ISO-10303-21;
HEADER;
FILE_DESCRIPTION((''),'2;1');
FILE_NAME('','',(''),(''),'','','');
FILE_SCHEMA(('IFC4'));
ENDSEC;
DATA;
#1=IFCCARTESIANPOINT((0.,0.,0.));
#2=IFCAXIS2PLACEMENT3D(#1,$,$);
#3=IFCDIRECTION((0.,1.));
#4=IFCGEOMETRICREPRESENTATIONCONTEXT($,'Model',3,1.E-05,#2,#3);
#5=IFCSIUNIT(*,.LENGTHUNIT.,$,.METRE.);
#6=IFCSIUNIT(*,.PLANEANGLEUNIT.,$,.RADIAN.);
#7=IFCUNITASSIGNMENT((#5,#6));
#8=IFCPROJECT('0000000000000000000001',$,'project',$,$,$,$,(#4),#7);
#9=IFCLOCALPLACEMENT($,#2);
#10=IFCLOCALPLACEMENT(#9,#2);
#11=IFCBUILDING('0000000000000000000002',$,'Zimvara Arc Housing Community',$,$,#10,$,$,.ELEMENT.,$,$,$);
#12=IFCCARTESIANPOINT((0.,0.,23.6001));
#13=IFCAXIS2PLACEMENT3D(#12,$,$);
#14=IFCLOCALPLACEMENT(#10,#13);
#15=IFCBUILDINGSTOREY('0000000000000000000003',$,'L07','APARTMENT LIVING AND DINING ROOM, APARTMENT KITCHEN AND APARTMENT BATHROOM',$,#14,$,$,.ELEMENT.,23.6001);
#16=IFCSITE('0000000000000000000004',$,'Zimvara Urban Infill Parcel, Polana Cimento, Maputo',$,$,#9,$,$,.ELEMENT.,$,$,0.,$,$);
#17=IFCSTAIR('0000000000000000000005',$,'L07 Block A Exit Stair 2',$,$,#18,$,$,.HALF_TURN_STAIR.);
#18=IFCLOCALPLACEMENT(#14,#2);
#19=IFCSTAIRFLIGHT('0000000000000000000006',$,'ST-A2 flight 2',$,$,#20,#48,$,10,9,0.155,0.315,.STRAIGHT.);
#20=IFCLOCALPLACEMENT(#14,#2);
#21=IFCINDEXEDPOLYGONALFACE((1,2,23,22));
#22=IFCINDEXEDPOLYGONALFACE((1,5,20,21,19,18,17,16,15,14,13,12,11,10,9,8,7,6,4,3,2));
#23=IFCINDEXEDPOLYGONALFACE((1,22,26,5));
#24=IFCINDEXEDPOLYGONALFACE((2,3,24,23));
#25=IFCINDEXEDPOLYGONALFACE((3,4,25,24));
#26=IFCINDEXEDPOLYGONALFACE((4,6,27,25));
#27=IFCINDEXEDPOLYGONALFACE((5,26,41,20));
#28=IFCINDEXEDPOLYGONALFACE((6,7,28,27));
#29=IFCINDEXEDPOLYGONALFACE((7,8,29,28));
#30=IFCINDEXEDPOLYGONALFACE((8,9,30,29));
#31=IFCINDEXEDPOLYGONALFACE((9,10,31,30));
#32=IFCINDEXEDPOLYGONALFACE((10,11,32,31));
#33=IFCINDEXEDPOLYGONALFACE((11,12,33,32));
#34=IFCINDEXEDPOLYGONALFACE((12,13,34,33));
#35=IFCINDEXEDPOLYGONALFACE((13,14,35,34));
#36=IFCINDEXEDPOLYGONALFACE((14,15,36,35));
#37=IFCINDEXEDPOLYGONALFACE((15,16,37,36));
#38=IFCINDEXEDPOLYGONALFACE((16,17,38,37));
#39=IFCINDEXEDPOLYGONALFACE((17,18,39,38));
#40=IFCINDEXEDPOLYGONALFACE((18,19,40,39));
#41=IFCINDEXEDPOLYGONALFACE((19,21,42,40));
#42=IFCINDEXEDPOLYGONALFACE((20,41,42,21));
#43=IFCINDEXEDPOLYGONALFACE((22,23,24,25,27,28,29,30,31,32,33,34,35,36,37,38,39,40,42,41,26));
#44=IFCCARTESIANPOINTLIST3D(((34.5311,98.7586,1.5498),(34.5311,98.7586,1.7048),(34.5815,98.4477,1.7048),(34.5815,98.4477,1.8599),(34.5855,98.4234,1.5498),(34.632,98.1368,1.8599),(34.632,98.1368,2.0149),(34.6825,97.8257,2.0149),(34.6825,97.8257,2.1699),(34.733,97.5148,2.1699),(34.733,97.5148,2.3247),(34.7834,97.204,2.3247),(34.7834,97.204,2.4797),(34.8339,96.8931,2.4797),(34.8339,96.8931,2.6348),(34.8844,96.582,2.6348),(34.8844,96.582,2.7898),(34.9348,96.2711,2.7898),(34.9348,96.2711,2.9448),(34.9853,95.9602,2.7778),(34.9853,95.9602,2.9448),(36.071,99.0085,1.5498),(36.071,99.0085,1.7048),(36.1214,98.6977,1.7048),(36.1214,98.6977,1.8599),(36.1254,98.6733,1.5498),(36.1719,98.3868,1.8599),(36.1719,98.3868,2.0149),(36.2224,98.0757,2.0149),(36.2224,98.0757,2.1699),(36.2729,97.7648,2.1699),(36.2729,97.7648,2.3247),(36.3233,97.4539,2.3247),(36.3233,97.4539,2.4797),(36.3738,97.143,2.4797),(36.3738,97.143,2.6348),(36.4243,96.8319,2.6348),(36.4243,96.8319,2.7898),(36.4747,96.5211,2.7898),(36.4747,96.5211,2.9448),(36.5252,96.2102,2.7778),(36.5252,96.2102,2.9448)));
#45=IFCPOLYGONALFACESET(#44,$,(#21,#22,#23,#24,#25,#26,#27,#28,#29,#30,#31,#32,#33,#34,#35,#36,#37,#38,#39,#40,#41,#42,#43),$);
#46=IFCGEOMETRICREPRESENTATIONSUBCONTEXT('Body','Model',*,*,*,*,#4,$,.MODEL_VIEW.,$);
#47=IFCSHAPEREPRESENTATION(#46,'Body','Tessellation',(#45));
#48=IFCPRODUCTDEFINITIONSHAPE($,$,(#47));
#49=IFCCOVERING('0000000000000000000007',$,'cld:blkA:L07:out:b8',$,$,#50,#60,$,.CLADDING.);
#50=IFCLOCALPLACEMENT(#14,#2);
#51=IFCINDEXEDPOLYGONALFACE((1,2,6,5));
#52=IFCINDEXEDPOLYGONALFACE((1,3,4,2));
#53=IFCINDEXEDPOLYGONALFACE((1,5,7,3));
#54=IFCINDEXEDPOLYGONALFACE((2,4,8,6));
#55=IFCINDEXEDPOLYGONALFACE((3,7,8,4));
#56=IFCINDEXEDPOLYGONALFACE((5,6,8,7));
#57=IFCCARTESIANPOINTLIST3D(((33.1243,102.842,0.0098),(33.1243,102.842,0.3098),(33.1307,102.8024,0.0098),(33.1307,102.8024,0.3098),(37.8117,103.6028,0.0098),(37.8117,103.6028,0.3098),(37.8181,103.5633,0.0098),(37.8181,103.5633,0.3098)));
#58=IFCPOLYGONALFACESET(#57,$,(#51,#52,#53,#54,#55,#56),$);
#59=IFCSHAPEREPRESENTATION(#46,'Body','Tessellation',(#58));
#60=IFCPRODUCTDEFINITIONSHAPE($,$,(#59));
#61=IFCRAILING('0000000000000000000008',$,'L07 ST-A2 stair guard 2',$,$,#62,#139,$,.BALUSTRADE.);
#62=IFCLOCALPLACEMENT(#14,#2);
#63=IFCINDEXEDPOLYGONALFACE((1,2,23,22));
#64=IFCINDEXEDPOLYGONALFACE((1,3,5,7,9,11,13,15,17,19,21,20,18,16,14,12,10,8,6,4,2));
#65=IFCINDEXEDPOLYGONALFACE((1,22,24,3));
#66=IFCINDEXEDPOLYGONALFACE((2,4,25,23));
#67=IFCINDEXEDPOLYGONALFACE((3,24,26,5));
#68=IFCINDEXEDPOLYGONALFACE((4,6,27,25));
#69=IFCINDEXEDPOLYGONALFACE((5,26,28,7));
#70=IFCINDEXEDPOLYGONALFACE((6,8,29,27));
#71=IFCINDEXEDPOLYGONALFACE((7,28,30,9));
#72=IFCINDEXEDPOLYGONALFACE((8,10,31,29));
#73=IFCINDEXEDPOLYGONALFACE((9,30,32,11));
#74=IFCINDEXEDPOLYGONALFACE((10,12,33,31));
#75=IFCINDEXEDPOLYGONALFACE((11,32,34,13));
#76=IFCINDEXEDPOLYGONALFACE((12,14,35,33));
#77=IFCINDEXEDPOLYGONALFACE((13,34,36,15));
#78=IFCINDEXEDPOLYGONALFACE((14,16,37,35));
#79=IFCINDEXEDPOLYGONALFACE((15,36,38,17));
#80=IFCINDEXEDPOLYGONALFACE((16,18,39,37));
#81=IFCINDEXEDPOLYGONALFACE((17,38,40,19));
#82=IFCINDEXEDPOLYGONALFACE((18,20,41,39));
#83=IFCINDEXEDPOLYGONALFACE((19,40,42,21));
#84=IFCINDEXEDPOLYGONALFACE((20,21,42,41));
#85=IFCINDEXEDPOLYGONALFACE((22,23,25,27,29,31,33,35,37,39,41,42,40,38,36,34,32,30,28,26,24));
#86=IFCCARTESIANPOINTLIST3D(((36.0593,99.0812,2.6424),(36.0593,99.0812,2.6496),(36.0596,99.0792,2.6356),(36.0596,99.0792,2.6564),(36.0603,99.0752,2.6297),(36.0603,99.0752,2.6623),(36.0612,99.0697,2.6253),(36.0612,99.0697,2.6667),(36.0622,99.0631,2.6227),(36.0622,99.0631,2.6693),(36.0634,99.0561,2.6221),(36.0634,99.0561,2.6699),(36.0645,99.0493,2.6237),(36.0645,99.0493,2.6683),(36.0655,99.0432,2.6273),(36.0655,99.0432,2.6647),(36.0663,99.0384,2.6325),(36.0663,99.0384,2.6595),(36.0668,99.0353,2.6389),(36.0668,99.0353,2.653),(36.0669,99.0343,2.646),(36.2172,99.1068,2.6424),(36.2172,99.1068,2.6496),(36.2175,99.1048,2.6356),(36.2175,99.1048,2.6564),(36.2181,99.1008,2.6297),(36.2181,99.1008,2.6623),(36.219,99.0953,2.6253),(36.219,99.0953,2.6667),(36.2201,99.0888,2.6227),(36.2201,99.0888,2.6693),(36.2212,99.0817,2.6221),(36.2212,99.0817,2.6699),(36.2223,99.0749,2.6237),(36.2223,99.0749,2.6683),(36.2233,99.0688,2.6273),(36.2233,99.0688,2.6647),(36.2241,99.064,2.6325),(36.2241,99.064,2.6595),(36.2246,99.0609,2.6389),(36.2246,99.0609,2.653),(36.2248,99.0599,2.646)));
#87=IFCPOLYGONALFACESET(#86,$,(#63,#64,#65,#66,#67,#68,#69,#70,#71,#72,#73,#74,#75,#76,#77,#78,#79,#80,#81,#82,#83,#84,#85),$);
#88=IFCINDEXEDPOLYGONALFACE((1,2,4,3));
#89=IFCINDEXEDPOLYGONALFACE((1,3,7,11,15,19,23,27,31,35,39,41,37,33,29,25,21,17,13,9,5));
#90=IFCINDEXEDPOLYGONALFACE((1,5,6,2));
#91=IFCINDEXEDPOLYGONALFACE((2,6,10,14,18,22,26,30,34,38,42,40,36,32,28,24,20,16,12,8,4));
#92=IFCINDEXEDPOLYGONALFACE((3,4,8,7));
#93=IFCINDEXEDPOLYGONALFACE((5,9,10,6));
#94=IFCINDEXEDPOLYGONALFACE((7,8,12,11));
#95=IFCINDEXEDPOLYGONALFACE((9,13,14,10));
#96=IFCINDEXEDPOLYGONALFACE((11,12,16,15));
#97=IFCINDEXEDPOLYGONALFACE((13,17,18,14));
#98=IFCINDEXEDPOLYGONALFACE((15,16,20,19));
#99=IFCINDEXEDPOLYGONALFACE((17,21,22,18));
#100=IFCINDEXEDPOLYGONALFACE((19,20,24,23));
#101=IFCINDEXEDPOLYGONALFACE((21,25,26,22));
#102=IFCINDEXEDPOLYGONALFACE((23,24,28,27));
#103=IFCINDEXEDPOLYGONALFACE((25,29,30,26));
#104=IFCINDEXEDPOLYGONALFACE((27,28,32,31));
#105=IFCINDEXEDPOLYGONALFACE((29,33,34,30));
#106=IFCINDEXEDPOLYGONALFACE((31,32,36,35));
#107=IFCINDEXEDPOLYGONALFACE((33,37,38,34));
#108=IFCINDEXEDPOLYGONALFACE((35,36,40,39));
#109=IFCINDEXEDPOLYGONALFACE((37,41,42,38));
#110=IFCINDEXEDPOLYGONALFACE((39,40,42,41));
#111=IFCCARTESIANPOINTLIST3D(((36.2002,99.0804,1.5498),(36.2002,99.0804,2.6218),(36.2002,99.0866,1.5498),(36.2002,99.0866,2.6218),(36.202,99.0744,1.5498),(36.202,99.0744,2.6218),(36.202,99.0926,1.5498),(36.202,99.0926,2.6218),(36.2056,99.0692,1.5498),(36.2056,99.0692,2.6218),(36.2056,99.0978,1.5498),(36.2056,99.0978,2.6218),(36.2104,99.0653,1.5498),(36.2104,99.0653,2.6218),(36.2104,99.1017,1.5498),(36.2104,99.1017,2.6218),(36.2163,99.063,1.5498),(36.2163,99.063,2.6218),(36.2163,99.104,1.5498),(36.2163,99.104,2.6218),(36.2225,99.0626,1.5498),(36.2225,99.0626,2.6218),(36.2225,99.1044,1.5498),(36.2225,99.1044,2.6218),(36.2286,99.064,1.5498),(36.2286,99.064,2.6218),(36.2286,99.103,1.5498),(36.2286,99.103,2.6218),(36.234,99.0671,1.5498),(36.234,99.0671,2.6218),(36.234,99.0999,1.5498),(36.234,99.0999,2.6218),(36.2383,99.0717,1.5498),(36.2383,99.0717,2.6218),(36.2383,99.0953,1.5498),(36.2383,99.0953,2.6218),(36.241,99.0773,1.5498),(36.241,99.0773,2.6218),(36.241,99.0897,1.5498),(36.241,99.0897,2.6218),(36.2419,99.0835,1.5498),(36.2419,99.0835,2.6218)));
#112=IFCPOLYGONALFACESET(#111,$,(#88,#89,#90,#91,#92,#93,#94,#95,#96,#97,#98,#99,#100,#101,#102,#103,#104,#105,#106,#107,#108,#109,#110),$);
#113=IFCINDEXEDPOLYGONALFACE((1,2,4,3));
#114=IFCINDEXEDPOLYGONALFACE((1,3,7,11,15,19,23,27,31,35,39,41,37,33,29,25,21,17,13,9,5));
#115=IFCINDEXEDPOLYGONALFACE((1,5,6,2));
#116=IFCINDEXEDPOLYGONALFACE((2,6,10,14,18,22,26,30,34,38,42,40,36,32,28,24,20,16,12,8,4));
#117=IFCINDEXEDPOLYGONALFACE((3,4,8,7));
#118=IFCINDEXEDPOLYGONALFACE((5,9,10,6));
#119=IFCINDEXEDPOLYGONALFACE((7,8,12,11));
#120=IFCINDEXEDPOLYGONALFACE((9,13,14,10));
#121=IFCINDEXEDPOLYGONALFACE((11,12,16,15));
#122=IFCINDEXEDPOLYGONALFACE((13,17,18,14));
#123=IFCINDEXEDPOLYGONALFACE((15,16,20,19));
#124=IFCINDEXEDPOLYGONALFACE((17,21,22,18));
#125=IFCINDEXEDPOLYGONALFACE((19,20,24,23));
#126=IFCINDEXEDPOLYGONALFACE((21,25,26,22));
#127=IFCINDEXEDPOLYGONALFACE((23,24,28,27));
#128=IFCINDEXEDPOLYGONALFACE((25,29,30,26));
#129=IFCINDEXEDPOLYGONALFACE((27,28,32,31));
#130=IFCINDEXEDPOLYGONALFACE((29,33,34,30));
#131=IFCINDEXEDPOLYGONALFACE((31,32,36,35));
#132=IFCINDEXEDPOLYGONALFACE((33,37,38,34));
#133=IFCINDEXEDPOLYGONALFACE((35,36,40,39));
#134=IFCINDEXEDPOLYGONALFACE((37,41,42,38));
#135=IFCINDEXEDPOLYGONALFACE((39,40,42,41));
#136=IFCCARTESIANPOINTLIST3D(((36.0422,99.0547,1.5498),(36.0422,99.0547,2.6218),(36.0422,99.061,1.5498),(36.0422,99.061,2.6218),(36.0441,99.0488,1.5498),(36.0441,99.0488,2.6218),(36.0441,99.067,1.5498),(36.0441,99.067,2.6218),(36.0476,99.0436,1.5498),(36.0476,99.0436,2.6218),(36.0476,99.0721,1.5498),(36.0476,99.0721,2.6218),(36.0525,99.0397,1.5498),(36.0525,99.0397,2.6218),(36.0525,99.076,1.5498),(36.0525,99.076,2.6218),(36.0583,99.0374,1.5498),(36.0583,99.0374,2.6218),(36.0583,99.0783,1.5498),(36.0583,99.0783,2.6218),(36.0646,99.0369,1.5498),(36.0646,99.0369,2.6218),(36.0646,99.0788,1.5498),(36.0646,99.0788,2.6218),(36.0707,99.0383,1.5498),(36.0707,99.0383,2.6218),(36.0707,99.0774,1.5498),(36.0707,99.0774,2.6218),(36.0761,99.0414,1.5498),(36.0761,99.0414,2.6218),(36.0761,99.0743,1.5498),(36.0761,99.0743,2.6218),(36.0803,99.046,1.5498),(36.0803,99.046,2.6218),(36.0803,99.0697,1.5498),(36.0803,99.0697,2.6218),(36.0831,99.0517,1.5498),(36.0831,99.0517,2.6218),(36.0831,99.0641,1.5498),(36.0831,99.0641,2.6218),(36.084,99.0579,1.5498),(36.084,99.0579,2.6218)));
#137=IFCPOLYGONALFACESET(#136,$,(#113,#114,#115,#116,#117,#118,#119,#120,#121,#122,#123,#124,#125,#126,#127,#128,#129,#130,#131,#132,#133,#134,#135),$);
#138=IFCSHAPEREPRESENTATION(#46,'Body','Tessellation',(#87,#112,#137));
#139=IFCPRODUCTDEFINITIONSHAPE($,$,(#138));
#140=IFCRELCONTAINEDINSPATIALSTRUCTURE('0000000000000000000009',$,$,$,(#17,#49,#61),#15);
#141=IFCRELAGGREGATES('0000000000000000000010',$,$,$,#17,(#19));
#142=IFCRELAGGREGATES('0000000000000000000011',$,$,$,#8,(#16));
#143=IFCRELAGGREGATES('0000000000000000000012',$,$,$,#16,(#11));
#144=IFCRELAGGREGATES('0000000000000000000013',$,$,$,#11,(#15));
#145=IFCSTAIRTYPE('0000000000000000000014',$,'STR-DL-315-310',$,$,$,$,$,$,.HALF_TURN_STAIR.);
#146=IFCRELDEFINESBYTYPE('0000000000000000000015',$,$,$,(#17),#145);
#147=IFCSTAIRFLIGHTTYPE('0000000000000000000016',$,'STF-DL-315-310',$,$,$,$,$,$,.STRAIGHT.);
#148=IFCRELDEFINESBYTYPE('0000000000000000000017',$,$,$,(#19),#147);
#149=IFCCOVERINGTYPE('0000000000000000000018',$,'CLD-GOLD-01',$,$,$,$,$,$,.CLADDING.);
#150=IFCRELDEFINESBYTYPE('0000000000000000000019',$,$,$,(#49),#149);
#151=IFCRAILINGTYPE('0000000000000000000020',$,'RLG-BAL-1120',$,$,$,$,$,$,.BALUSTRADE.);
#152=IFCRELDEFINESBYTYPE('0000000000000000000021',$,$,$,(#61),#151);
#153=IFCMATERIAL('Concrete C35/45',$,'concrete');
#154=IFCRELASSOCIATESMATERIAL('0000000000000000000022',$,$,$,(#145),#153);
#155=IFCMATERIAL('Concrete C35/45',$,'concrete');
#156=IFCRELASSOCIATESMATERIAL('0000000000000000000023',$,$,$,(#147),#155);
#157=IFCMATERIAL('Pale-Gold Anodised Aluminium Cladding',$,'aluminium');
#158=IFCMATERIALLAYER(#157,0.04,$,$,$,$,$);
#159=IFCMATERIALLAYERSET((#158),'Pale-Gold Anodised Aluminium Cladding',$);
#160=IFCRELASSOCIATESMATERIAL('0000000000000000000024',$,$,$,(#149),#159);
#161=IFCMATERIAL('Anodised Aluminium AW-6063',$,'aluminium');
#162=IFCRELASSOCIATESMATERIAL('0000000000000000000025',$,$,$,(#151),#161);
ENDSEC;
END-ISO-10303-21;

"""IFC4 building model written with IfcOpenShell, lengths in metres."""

from ifc_helpers import new_model, si_unit, direction, frame, origin, origin_2d, place, context, subcontext, project, spatial, polyline, rectangle, circle, outline, extrude, material, layer, layer_set, type_object, element, aggregate, save


model = new_model("IFC4")

# Units and contexts
model_context = context("Model", 3, precision=1e-05, world=origin(), true_north=direction((0.0, 1.0)))
body_context = subcontext(model_context, "Body", "Model", "MODEL_VIEW")
ifc_project = project(units=[si_unit("LENGTHUNIT", "METRE"), si_unit("PLANEANGLEUNIT", "RADIAN")], contexts=[model_context])

# Site, building, storey
site_placement = place(None, origin())
site = spatial("IfcSite", under=ifc_project, at=site_placement, Name="Zimvara Urban Infill Parcel, Polana Cimento, Maputo", CompositionType="ELEMENT", RefElevation=0.0)
building_placement = place(site_placement, origin())
building = spatial("IfcBuilding", under=site, at=building_placement, Name="Zimvara Arc Housing Community", CompositionType="ELEMENT")
storey_placement = place(building_placement, frame((0.0, 0.0, 23.6001)))
storey = spatial("IfcBuildingStorey", under=building, at=storey_placement, Name="L07", Description="APARTMENT LIVING AND DINING ROOM, APARTMENT KITCHEN AND APARTMENT BATHROOM", CompositionType="ELEMENT", Elevation=23.6001)

# Stair, stair flight
ifc_material_1 = material(Name="Concrete C35/45", Category="concrete")
stair_type = type_object("IfcStairType", Name="STR-DL-315-310", PredefinedType="HALF_TURN_STAIR", material=ifc_material_1)
stair_placement = place(storey_placement, origin())
stair = element("IfcStair", 1, at=stair_placement, inside=storey, type_object=stair_type, Name="L07 Block A Exit Stair 2", PredefinedType="HALF_TURN_STAIR")
ifc_material_2 = material(Name="Concrete C35/45", Category="concrete")
stair_flight_type = type_object("IfcStairFlightType", Name="STF-DL-315-310", PredefinedType="STRAIGHT", material=ifc_material_2)
stair_flight_placement = place(storey_placement, frame((35.301, 98.8835, 1.5498), z_axis=(0.0, 0.0, 1.0), x_axis=(0.160226, -0.98708, 0.0)))
stair_flight = element("IfcStairFlight", 2, at=stair_flight_placement, type_object=stair_flight_type, Name="ST-A2 flight 2", NumberOfRisers=10, NumberOfTreads=9, PredefinedType="STRAIGHT", RiserHeight=0.155, TreadLength=0.315, context=body_context, shape_type="SweptSolid", body=[
    extrude(outline(polyline([(0.0, 0.0), (0.0, 0.155), (0.3149, 0.155), (0.3149, 0.3101), (0.6299, 0.3101), (0.6299, 0.4651), (0.9451, 0.4651), (0.9451, 0.6201), (1.26, 0.6201), (1.26, 0.7749), (1.575, 0.7749), (1.575, 0.9299), (1.8899, 0.9299), (1.8899, 1.085), (2.2051, 1.085), (2.2051, 1.24), (2.52, 1.24), (2.52, 1.395), (2.835, 1.395), (2.835, 1.55), (2.835, 1.228), (0.3396, 0.0), (0.0, 0.0)])), frame((0.0, 0.78, 0.0), z_axis=(0.0, -1.0, 0.0), x_axis=(1.0, 0.0, 0.0)), (0.0, 0.0, 1.0), 1.5601),
])
aggregate(stair, [stair_flight])

# Covering
ifc_material_3 = material(Name="Pale-Gold Anodised Aluminium Cladding", Category="aluminium")
ifc_layer_1 = layer(ifc_material_3, 0.04)
ifc_layer_set_1 = layer_set([ifc_layer_1], Name="Pale-Gold Anodised Aluminium Cladding")
covering_type = type_object("IfcCoveringType", Name="CLD-GOLD-01", PredefinedType="CLADDING", material=ifc_layer_set_1)
covering_placement = place(storey_placement, frame((35.4712, 103.2026, 0.0098), z_axis=(0.0, 0.0, 1.0), x_axis=(0.98708, 0.160226, 0.0)))
element("IfcCovering", 3, at=covering_placement, inside=storey, type_object=covering_type, Name="cld:blkA:L07:out:b8", PredefinedType="CLADDING", context=body_context, shape_type="SweptSolid", body=[
    extrude(rectangle(XDim=4.7488, YDim=0.04, at=origin_2d()), origin(), (0.0, 0.0, 1.0), 0.3),
])

# Railing
ifc_material_4 = material(Name="Anodised Aluminium AW-6063", Category="aluminium")
railing_type_1 = type_object("IfcRailingType", Name="RLG-BAL-1120", PredefinedType="BALUSTRADE", material=ifc_material_4)
railing_1_placement = place(storey_placement, frame((36.2209, 99.0835, 1.5498)))
element("IfcRailing", 4, at=railing_1_placement, inside=storey, type_object=railing_type_1, Name="L07 ST-A2 stair guard 2", PredefinedType="BALUSTRADE", context=body_context, shape_type="SweptSolid", body=[
    extrude(circle(Radius=0.0239, at=origin_2d()), frame((0.0, 0.0, 1.0962), z_axis=(-0.987086, -0.160192, 0.0), x_axis=(0.160192, -0.987086, 0.0)), (0.0, 0.0, 1.0), 0.1599),
    extrude(circle(Radius=0.021, at=origin_2d()), origin(), (0.0, 0.0, 1.0), 1.072),
    extrude(circle(Radius=0.021, at=origin_2d()), frame((-0.158, -0.0256, 0.0)), (0.0, 0.0, 1.0), 1.072),
])

save(model, "model.ifc")
